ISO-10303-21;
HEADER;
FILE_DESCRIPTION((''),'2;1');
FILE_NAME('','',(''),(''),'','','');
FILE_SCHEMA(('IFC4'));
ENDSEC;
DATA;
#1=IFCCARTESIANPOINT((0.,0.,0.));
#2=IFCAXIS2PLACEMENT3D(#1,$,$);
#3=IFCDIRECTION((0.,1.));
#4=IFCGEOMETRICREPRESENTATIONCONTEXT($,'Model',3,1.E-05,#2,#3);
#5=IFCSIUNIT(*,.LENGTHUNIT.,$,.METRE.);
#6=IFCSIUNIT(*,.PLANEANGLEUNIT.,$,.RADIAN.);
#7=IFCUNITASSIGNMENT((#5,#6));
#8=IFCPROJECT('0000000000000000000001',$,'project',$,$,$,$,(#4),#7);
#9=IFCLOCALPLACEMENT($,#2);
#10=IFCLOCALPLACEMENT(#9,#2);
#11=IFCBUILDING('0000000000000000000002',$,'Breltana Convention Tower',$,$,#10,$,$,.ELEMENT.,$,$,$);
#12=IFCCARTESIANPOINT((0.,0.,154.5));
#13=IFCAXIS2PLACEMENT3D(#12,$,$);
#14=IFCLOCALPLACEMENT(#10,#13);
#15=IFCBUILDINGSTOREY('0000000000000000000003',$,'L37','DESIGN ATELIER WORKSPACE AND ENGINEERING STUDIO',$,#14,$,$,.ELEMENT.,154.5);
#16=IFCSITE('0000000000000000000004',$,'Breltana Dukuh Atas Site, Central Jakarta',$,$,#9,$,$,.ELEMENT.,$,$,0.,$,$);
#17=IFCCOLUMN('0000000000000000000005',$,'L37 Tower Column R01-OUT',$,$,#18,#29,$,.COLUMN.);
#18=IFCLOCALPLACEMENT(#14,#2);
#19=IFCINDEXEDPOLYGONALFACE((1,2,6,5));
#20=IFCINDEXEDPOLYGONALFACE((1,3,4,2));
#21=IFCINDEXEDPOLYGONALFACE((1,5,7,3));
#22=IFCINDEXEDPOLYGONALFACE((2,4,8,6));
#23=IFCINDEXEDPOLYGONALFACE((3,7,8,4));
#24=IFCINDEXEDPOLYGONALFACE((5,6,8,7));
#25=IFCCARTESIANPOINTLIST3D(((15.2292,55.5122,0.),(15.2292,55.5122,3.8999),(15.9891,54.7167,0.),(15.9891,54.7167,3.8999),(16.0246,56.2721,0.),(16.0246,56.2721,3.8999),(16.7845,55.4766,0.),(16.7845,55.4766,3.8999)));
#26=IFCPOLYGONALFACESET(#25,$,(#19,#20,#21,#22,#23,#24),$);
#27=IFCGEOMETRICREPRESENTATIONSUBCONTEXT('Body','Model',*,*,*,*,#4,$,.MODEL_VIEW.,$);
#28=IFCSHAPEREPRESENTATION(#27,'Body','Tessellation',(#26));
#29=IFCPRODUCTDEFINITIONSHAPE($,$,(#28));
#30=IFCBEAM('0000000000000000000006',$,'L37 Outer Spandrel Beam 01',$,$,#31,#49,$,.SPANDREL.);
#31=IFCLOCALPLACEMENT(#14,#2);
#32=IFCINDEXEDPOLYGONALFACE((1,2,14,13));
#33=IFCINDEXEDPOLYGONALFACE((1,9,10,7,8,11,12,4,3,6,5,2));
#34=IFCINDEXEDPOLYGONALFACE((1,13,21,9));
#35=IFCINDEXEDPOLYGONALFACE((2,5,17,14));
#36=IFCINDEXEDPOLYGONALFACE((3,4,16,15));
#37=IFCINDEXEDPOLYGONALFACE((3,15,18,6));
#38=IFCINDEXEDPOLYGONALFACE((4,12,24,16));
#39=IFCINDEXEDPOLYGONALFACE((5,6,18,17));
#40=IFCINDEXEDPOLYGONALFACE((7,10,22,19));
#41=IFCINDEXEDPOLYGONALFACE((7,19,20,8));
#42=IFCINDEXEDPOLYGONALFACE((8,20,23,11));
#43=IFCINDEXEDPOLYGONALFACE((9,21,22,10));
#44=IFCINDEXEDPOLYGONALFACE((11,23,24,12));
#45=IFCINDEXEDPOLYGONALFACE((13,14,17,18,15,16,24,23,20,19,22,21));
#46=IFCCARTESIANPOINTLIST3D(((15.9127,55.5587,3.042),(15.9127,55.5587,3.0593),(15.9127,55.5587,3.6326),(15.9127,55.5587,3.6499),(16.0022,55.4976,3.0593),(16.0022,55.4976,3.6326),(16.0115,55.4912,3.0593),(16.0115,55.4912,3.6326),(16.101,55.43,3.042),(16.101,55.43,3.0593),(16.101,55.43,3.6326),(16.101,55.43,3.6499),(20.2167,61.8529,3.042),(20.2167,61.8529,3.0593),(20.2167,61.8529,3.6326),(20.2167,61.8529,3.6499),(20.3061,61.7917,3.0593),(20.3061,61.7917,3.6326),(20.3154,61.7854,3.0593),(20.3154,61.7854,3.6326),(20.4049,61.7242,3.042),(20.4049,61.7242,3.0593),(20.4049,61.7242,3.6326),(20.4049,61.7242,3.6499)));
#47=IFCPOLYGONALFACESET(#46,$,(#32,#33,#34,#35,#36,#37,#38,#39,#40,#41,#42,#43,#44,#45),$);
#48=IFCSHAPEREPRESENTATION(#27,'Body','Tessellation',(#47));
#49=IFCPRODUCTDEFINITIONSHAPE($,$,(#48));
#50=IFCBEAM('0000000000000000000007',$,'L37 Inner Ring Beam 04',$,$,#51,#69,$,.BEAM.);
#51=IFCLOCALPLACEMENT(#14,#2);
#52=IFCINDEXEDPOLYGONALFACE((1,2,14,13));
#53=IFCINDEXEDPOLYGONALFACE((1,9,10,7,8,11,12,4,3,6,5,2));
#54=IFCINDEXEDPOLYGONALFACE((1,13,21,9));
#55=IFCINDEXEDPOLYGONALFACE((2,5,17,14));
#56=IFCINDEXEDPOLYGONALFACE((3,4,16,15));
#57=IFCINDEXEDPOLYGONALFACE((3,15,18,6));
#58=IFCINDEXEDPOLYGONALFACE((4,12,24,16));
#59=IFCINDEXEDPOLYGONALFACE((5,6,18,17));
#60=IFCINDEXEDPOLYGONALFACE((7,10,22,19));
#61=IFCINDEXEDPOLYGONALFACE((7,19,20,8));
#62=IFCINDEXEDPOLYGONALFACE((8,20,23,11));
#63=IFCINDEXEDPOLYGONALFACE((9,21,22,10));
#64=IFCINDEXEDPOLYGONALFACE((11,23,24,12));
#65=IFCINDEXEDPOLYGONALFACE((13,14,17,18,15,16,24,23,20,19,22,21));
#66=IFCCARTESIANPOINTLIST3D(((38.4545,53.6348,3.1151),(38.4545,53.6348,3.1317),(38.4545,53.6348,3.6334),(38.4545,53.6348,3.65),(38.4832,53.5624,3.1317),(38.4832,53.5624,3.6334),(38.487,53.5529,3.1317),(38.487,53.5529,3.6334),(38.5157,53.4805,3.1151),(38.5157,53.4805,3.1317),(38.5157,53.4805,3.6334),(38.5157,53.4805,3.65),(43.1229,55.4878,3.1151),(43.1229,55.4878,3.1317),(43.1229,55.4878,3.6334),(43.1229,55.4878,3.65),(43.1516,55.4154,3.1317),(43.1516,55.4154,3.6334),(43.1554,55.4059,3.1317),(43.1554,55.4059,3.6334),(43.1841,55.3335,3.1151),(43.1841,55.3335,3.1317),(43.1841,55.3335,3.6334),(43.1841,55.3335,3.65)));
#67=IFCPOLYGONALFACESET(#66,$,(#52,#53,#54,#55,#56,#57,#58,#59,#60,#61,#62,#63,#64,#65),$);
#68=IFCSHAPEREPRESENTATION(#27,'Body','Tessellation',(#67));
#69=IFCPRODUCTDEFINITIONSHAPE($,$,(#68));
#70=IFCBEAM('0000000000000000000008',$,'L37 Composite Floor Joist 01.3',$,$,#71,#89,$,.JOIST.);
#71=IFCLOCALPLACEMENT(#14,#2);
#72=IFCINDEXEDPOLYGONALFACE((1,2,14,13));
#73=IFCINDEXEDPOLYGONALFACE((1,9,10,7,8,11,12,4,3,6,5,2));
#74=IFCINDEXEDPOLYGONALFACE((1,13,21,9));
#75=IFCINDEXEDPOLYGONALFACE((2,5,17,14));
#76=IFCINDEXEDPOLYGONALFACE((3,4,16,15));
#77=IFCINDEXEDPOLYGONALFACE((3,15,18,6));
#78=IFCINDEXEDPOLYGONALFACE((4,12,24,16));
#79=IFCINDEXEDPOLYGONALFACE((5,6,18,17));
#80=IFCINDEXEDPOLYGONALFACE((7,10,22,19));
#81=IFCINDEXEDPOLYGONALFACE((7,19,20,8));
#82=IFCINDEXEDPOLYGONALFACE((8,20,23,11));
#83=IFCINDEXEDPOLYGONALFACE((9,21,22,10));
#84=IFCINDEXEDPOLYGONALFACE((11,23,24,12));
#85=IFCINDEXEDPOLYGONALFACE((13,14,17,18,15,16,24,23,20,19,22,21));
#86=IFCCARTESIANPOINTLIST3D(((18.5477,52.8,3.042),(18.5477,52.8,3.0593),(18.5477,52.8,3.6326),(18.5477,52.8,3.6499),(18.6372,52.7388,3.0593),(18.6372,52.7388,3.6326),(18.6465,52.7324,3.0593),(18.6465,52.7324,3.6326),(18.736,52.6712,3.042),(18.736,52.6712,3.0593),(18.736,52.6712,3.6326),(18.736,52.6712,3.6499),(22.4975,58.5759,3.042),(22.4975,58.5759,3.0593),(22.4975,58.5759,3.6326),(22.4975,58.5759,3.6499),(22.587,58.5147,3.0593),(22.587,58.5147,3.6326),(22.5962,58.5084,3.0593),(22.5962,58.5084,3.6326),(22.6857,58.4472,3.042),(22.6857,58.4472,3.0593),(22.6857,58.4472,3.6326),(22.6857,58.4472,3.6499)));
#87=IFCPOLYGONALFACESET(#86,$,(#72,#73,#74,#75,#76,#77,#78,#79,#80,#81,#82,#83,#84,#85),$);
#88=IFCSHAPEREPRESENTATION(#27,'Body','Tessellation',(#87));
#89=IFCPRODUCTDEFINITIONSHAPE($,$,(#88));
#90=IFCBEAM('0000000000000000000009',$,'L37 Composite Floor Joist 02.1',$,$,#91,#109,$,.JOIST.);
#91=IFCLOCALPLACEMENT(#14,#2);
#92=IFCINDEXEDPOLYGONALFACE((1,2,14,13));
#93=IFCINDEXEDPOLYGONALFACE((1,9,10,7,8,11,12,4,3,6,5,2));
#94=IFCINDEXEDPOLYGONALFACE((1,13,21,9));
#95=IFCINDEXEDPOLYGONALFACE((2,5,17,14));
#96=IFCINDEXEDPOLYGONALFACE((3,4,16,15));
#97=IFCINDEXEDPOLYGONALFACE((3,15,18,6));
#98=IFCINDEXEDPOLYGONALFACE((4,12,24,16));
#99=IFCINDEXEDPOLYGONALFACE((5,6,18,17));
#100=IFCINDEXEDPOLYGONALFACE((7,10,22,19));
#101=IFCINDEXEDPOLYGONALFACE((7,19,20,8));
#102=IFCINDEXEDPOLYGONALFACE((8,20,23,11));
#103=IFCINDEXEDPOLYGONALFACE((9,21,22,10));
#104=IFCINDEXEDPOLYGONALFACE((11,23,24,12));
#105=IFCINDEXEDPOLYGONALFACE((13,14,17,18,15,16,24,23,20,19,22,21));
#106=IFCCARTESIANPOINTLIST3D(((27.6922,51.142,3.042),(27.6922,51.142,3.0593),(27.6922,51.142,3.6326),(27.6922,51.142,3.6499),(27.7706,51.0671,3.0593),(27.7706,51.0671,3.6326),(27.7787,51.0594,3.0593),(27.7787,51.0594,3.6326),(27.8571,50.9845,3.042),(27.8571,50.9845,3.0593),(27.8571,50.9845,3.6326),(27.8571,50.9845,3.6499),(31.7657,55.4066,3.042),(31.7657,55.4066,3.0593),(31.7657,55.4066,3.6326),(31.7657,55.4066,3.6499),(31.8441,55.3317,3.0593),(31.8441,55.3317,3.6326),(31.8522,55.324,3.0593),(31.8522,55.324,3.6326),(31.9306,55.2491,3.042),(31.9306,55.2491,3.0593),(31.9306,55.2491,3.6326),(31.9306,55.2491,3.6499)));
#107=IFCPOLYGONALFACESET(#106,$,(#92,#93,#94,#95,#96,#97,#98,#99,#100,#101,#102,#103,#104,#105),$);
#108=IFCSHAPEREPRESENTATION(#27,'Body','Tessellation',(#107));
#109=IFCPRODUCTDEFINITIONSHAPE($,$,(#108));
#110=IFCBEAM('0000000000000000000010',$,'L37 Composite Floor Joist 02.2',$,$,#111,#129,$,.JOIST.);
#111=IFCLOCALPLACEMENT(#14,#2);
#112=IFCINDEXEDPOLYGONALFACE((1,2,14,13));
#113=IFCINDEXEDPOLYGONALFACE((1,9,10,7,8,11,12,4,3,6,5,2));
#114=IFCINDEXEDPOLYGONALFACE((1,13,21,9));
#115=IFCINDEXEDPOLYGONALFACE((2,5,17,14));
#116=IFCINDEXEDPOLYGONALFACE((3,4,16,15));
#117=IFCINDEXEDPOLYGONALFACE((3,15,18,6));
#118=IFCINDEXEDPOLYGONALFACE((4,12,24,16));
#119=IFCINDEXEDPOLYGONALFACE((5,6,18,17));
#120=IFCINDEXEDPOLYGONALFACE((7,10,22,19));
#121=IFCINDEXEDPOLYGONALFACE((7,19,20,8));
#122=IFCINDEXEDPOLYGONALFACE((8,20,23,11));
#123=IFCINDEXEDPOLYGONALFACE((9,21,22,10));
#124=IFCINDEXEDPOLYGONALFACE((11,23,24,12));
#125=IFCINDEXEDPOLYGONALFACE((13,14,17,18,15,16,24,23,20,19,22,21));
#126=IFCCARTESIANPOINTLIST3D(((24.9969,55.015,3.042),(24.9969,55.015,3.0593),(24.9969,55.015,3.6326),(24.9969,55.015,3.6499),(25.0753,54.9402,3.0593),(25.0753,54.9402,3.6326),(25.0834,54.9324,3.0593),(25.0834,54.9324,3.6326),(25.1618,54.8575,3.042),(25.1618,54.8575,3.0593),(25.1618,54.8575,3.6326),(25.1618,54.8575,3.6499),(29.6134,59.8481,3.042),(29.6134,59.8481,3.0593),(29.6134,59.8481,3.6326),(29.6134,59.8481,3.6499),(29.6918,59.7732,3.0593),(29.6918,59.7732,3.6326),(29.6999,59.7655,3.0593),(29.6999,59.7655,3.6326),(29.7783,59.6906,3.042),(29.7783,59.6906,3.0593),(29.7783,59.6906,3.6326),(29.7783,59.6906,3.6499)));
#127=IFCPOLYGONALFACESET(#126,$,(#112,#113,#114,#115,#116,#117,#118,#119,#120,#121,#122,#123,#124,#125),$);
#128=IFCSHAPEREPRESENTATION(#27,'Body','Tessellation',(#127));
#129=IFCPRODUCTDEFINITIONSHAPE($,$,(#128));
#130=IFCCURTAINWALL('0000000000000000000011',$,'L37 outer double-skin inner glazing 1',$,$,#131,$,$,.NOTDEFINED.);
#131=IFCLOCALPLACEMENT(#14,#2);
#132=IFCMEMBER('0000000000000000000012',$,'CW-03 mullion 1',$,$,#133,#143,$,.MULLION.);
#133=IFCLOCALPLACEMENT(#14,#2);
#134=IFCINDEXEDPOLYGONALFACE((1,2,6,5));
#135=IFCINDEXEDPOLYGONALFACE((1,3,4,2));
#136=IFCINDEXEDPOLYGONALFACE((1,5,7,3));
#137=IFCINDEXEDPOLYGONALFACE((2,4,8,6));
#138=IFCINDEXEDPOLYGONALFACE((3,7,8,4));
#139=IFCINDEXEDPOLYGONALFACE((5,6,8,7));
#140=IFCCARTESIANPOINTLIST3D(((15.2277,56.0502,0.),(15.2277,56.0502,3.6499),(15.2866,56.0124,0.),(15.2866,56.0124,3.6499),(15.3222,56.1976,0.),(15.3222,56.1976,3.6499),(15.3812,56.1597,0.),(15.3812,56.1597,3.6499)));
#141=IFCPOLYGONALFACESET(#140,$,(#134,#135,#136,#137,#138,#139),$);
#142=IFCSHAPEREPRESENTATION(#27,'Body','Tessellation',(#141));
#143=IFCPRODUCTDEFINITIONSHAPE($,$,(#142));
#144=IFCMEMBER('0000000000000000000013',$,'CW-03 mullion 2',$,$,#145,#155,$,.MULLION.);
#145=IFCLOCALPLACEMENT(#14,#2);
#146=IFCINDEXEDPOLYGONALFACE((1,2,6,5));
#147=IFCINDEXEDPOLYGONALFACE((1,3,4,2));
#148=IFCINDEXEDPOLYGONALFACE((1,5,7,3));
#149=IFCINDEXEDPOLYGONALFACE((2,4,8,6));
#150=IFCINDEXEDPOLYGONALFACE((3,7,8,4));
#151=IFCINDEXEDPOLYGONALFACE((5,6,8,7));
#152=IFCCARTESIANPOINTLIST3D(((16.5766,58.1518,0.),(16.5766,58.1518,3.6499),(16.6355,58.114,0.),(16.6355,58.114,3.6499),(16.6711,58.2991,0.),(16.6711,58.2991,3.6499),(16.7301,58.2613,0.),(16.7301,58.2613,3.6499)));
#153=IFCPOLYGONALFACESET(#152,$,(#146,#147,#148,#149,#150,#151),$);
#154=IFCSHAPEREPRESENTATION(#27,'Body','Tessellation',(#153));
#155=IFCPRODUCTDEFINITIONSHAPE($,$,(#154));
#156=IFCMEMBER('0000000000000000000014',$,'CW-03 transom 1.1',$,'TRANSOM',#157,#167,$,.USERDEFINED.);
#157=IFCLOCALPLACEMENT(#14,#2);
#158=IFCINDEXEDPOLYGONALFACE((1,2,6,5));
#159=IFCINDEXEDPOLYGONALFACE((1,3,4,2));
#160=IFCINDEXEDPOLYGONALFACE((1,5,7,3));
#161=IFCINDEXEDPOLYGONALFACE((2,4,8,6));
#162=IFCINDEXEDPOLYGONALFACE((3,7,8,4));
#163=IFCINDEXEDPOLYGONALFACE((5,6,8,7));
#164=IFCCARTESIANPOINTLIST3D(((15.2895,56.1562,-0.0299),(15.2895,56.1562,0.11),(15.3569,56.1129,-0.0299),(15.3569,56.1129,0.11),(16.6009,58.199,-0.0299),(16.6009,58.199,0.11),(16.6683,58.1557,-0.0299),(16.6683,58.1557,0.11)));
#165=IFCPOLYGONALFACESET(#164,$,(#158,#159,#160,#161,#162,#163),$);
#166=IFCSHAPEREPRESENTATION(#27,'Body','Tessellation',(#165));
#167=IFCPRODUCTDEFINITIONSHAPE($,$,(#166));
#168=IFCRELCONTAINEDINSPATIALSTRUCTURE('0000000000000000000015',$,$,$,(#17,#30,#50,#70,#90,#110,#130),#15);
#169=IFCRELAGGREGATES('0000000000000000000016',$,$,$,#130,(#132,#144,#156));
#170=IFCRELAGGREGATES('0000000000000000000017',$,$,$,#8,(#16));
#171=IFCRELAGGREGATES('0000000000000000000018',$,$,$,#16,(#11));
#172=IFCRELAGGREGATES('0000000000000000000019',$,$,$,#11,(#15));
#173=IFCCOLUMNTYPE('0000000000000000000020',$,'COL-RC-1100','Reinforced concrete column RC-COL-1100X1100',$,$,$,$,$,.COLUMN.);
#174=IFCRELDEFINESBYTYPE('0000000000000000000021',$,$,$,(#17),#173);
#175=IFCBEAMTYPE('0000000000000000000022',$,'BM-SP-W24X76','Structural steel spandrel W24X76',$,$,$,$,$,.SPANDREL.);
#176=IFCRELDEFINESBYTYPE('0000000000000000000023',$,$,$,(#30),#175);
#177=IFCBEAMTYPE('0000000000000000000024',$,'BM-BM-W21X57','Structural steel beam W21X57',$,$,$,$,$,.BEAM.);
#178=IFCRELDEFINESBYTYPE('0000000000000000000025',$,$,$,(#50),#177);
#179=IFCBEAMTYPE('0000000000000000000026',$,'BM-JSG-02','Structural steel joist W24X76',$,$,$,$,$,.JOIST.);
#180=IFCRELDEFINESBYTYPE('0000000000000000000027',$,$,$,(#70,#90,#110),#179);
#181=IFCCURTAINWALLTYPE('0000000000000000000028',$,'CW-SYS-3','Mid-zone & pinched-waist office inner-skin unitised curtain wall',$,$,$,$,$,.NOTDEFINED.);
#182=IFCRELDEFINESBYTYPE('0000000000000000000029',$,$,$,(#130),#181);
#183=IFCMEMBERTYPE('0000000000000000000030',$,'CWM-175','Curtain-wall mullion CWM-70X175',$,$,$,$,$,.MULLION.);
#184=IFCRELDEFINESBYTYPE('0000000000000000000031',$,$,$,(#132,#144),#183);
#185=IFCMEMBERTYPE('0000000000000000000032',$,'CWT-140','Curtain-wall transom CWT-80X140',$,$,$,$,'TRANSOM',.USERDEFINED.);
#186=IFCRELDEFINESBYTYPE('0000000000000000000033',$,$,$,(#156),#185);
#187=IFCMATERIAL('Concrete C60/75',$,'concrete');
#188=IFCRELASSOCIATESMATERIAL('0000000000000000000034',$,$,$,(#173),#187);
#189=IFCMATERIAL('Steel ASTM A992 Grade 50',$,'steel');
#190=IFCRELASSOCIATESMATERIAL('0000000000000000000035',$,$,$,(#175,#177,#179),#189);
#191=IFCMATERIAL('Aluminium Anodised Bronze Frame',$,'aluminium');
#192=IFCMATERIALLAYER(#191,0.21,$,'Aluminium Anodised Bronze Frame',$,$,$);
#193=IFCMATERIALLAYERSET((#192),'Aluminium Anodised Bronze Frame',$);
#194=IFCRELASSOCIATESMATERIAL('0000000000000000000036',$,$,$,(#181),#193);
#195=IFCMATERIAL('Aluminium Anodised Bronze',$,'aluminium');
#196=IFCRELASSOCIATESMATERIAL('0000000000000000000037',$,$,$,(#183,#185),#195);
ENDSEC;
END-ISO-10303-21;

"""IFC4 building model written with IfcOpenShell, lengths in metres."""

from ifc_helpers import new_model, si_unit, direction, frame, origin, origin_2d, place, context, subcontext, project, spatial, rectangle, i_section, extrude, source, transform, mapped, material, layer, layer_set, material_profile, profile_set, type_object, type_shapes, element, aggregate, save


model = new_model("IFC4")

# Units and contexts
model_context = context("Model", 3, precision=1e-05, world=origin(), true_north=direction((0.0, 1.0)))
body_context = subcontext(model_context, "Body", "Model", "MODEL_VIEW")
ifc_project = project(units=[si_unit("LENGTHUNIT", "METRE"), si_unit("PLANEANGLEUNIT", "RADIAN")], contexts=[model_context])

# Site, building, storey
site_placement = place(None, origin())
site = spatial("IfcSite", under=ifc_project, at=site_placement, Name="Breltana Dukuh Atas Site, Central Jakarta", CompositionType="ELEMENT", RefElevation=0.0)
building_placement = place(site_placement, origin())
building = spatial("IfcBuilding", under=site, at=building_placement, Name="Breltana Convention Tower", CompositionType="ELEMENT")
storey_placement = place(building_placement, frame((0.0, 0.0, 154.5)))
storey = spatial("IfcBuildingStorey", under=building, at=storey_placement, Name="L37", Description="DESIGN ATELIER WORKSPACE AND ENGINEERING STUDIO", CompositionType="ELEMENT", Elevation=154.5)

# Column
ifc_material_1 = material(Name="Concrete C60/75", Category="concrete")
ifc_material_profile_1 = material_profile(ifc_material_1, rectangle(XDim=1.1001, YDim=1.1001, at=origin_2d()), Name="RC-COL-1100X1100")
ifc_profile_set_1 = profile_set([ifc_material_profile_1], Name="Concrete C60/75")
column_type_1 = type_object("IfcColumnType", Name="COL-RC-1100", Description="Reinforced concrete column RC-COL-1100X1100", PredefinedType="COLUMN", material=ifc_profile_set_1)
shared_shape_1 = source(origin(), body_context, "Body", "SweptSolid", [
    extrude(rectangle(XDim=1.1001, YDim=1.1001, at=origin_2d()), origin(), (0.0, 0.0, 1.0), 3.8999),
])
column_1_placement = place(storey_placement, frame((16.0068, 55.4944, 0.0), z_axis=(0.0, 0.0, 1.0), x_axis=(-0.690756, 0.723088, 0.0)))
element("IfcColumn", 1, at=column_1_placement, inside=storey, type_object=column_type_1, Name="L37 Tower Column R01-OUT", PredefinedType="COLUMN", context=body_context, shape_type="MappedRepresentation", body=[
    mapped(shared_shape_1, transform((0.0, 0.0, 0.0), scale=1.0)),
])

# Beams
ifc_material_2 = material(Name="Steel ASTM A992 Grade 50", Category="steel")
ifc_material_profile_2 = material_profile(ifc_material_2, i_section(OverallWidth=0.228, OverallDepth=0.6079, WebThickness=0.0112, FlangeThickness=0.0173, at=origin_2d()), Name="W24X76")
ifc_profile_set_2 = profile_set([ifc_material_profile_2], Name="Steel ASTM A992 Grade 50")
beam_type_1 = type_object("IfcBeamType", Name="BM-SP-W24X76", Description="Structural steel spandrel W24X76", PredefinedType="SPANDREL", material=ifc_profile_set_2)
shared_shape_2 = source(origin(), body_context, "Body", "SweptSolid", [
    extrude(i_section(OverallWidth=0.228, OverallDepth=0.6079, WebThickness=0.0112, FlangeThickness=0.0173, at=origin_2d()), origin(), (0.0, 0.0, 1.0), 7.625),
])
type_shapes(beam_type_1, [shared_shape_2])
beam_1_placement = place(storey_placement, frame((16.0068, 55.4944, 3.3459), z_axis=(0.564452, 0.825466, 0.0), x_axis=(-0.825466, 0.564452, 0.0)))
element("IfcBeam", 2, at=beam_1_placement, inside=storey, type_object=beam_type_1, Name="L37 Outer Spandrel Beam 01", PredefinedType="SPANDREL", context=body_context, shape_type="MappedRepresentation", body=[
    mapped(shared_shape_2, transform((0.0, 0.0, 0.0), scale=1.0)),
])
ifc_material_profile_3 = material_profile(ifc_material_2, i_section(OverallWidth=0.166, OverallDepth=0.5349, WebThickness=0.0103, FlangeThickness=0.0166, at=origin_2d()), Name="W21X57")
ifc_profile_set_3 = profile_set([ifc_material_profile_3], Name="Steel ASTM A992 Grade 50")
beam_type_2 = type_object("IfcBeamType", Name="BM-BM-W21X57", Description="Structural steel beam W21X57", PredefinedType="BEAM", material=ifc_profile_set_3)
shared_shape_3 = source(origin(), body_context, "Body", "SweptSolid", [
    extrude(i_section(OverallWidth=0.166, OverallDepth=0.5349, WebThickness=0.0103, FlangeThickness=0.0166, at=origin_2d()), origin(), (0.0, 0.0, 1.0), 5.0227),
])
beam_2_placement = place(storey_placement, frame((38.4851, 53.5576, 3.3826), z_axis=(0.929459, 0.368926, 0.0), x_axis=(-0.368926, 0.929459, 0.0)))
element("IfcBeam", 3, at=beam_2_placement, inside=storey, type_object=beam_type_2, Name="L37 Inner Ring Beam 04", PredefinedType="BEAM", context=body_context, shape_type="MappedRepresentation", body=[
    mapped(shared_shape_3, transform((0.0, 0.0, 0.0), scale=1.0)),
])
ifc_material_profile_4 = material_profile(ifc_material_2, i_section(OverallWidth=0.228, OverallDepth=0.6079, WebThickness=0.0112, FlangeThickness=0.0173, at=origin_2d()), Name="W24X76")
ifc_profile_set_4 = profile_set([ifc_material_profile_4], Name="Steel ASTM A992 Grade 50")
beam_type_3 = type_object("IfcBeamType", Name="BM-JSG-02", Description="Structural steel joist W24X76", PredefinedType="JOIST", material=ifc_profile_set_4)
shared_shape_4 = source(origin(), body_context, "Body", "SweptSolid", [
    extrude(i_section(OverallWidth=0.228, OverallDepth=0.6079, WebThickness=0.0112, FlangeThickness=0.0173, at=origin_2d()), origin(), (0.0, 0.0, 1.0), 6.9973),
])
beam_3_placement = place(storey_placement, frame((18.6418, 52.7356, 3.3459), z_axis=(0.564469, 0.825454, 0.0), x_axis=(-0.825454, 0.564469, 0.0)))
element("IfcBeam", 4, at=beam_3_placement, inside=storey, type_object=beam_type_3, Name="L37 Composite Floor Joist 01.3", PredefinedType="JOIST", context=body_context, shape_type="MappedRepresentation", body=[
    mapped(shared_shape_4, transform((0.0, 0.0, 0.0), scale=1.0)),
])
shared_shape_5 = source(origin(), body_context, "Body", "SweptSolid", [
    extrude(i_section(OverallWidth=0.228, OverallDepth=0.6079, WebThickness=0.0112, FlangeThickness=0.0173, at=origin_2d()), origin(), (0.0, 0.0, 1.0), 5.8975),
])
beam_4_placement = place(storey_placement, frame((27.7747, 51.0632, 3.3459), z_axis=(0.690714, 0.723128, 0.0), x_axis=(-0.723128, 0.690714, 0.0)))
element("IfcBeam", 5, at=beam_4_placement, inside=storey, type_object=beam_type_3, Name="L37 Composite Floor Joist 02.1", PredefinedType="JOIST", context=body_context, shape_type="MappedRepresentation", body=[
    mapped(shared_shape_5, transform((0.0, 0.0, 0.0), scale=1.0)),
])
shared_shape_6 = source(origin(), body_context, "Body", "SweptSolid", [
    extrude(i_section(OverallWidth=0.228, OverallDepth=0.6079, WebThickness=0.0112, FlangeThickness=0.0173, at=origin_2d()), origin(), (0.0, 0.0, 1.0), 6.6836),
])
beam_5_placement = place(storey_placement, frame((25.0793, 54.9363, 3.3459), z_axis=(0.690721, 0.723122, 0.0), x_axis=(-0.723122, 0.690721, 0.0)))
element("IfcBeam", 6, at=beam_5_placement, inside=storey, type_object=beam_type_3, Name="L37 Composite Floor Joist 02.2", PredefinedType="JOIST", context=body_context, shape_type="MappedRepresentation", body=[
    mapped(shared_shape_6, transform((0.0, 0.0, 0.0), scale=1.0)),
])

# Curtain wall, members
ifc_material_3 = material(Name="Aluminium Anodised Bronze Frame", Category="aluminium")
ifc_layer_1 = layer(ifc_material_3, 0.21, Name="Aluminium Anodised Bronze Frame")
ifc_layer_set_1 = layer_set([ifc_layer_1], Name="Aluminium Anodised Bronze Frame")
curtain_wall_type = type_object("IfcCurtainWallType", Name="CW-SYS-3", Description="Mid-zone & pinched-waist office inner-skin unitised curtain wall", PredefinedType="NOTDEFINED", material=ifc_layer_set_1)
curtain_wall_placement = place(storey_placement, origin())
curtain_wall = element("IfcCurtainWall", 7, at=curtain_wall_placement, inside=storey, type_object=curtain_wall_type, Name="L37 outer double-skin inner glazing 1", PredefinedType="NOTDEFINED")
ifc_material_4 = material(Name="Aluminium Anodised Bronze", Category="aluminium")
ifc_material_profile_5 = material_profile(ifc_material_4, rectangle(XDim=0.0701, YDim=0.175, at=origin_2d()), Name="CWM-70X175")
ifc_profile_set_5 = profile_set([ifc_material_profile_5], Name="Aluminium Anodised Bronze")
member_type_1 = type_object("IfcMemberType", Name="CWM-175", Description="Curtain-wall mullion CWM-70X175", PredefinedType="MULLION", material=ifc_profile_set_5)
shared_shape_7 = source(origin(), body_context, "Body", "SweptSolid", [
    extrude(rectangle(XDim=0.0701, YDim=0.175, at=origin_2d()), origin(), (0.0, 0.0, 1.0), 3.6499),
])
member_1_placement = place(storey_placement, frame((15.3044, 56.105, 0.0), z_axis=(0.0, 0.0, 1.0), x_axis=(-0.841554, 0.540173, 0.0)))
member_1 = element("IfcMember", 8, at=member_1_placement, type_object=member_type_1, Name="CW-03 mullion 1", PredefinedType="MULLION", context=body_context, shape_type="MappedRepresentation", body=[
    mapped(shared_shape_7, transform((0.0, 0.0, 0.0), scale=1.0)),
])
member_2_placement = place(storey_placement, frame((16.6533, 58.2065, 0.0), z_axis=(0.0, 0.0, 1.0), x_axis=(-0.841554, 0.540173, 0.0)))
member_2 = element("IfcMember", 9, at=member_2_placement, type_object=member_type_1, Name="CW-03 mullion 2", PredefinedType="MULLION", context=body_context, shape_type="MappedRepresentation", body=[
    mapped(shared_shape_7, transform((0.0, 0.0, 0.0), scale=1.0)),
])
ifc_material_profile_6 = material_profile(ifc_material_4, rectangle(XDim=0.0801, YDim=0.1399, at=origin_2d()), Name="CWT-80X140")
ifc_profile_set_6 = profile_set([ifc_material_profile_6], Name="Aluminium Anodised Bronze")
member_type_2 = type_object("IfcMemberType", Name="CWT-140", Description="Curtain-wall transom CWT-80X140", ElementType="TRANSOM", PredefinedType="USERDEFINED", material=ifc_profile_set_6)
shared_shape_8 = source(origin(), body_context, "Body", "SweptSolid", [
    extrude(rectangle(XDim=0.0801, YDim=0.1399, at=origin_2d()), origin(), (0.0, 0.0, 1.0), 2.4275),
])
member_3_placement = place(storey_placement, frame((15.3232, 56.1345, 0.04), z_axis=(0.540203, 0.841534, 0.0), x_axis=(-0.841534, 0.540203, 0.0)))
member_3 = element("IfcMember", 10, at=member_3_placement, type_object=member_type_2, Name="CW-03 transom 1.1", ObjectType="TRANSOM", PredefinedType="USERDEFINED", context=body_context, shape_type="MappedRepresentation", body=[
    mapped(shared_shape_8, transform((0.0, 0.0, 0.0), scale=1.0)),
])
aggregate(curtain_wall, [member_1, member_2, member_3])

save(model, "model.ifc")
